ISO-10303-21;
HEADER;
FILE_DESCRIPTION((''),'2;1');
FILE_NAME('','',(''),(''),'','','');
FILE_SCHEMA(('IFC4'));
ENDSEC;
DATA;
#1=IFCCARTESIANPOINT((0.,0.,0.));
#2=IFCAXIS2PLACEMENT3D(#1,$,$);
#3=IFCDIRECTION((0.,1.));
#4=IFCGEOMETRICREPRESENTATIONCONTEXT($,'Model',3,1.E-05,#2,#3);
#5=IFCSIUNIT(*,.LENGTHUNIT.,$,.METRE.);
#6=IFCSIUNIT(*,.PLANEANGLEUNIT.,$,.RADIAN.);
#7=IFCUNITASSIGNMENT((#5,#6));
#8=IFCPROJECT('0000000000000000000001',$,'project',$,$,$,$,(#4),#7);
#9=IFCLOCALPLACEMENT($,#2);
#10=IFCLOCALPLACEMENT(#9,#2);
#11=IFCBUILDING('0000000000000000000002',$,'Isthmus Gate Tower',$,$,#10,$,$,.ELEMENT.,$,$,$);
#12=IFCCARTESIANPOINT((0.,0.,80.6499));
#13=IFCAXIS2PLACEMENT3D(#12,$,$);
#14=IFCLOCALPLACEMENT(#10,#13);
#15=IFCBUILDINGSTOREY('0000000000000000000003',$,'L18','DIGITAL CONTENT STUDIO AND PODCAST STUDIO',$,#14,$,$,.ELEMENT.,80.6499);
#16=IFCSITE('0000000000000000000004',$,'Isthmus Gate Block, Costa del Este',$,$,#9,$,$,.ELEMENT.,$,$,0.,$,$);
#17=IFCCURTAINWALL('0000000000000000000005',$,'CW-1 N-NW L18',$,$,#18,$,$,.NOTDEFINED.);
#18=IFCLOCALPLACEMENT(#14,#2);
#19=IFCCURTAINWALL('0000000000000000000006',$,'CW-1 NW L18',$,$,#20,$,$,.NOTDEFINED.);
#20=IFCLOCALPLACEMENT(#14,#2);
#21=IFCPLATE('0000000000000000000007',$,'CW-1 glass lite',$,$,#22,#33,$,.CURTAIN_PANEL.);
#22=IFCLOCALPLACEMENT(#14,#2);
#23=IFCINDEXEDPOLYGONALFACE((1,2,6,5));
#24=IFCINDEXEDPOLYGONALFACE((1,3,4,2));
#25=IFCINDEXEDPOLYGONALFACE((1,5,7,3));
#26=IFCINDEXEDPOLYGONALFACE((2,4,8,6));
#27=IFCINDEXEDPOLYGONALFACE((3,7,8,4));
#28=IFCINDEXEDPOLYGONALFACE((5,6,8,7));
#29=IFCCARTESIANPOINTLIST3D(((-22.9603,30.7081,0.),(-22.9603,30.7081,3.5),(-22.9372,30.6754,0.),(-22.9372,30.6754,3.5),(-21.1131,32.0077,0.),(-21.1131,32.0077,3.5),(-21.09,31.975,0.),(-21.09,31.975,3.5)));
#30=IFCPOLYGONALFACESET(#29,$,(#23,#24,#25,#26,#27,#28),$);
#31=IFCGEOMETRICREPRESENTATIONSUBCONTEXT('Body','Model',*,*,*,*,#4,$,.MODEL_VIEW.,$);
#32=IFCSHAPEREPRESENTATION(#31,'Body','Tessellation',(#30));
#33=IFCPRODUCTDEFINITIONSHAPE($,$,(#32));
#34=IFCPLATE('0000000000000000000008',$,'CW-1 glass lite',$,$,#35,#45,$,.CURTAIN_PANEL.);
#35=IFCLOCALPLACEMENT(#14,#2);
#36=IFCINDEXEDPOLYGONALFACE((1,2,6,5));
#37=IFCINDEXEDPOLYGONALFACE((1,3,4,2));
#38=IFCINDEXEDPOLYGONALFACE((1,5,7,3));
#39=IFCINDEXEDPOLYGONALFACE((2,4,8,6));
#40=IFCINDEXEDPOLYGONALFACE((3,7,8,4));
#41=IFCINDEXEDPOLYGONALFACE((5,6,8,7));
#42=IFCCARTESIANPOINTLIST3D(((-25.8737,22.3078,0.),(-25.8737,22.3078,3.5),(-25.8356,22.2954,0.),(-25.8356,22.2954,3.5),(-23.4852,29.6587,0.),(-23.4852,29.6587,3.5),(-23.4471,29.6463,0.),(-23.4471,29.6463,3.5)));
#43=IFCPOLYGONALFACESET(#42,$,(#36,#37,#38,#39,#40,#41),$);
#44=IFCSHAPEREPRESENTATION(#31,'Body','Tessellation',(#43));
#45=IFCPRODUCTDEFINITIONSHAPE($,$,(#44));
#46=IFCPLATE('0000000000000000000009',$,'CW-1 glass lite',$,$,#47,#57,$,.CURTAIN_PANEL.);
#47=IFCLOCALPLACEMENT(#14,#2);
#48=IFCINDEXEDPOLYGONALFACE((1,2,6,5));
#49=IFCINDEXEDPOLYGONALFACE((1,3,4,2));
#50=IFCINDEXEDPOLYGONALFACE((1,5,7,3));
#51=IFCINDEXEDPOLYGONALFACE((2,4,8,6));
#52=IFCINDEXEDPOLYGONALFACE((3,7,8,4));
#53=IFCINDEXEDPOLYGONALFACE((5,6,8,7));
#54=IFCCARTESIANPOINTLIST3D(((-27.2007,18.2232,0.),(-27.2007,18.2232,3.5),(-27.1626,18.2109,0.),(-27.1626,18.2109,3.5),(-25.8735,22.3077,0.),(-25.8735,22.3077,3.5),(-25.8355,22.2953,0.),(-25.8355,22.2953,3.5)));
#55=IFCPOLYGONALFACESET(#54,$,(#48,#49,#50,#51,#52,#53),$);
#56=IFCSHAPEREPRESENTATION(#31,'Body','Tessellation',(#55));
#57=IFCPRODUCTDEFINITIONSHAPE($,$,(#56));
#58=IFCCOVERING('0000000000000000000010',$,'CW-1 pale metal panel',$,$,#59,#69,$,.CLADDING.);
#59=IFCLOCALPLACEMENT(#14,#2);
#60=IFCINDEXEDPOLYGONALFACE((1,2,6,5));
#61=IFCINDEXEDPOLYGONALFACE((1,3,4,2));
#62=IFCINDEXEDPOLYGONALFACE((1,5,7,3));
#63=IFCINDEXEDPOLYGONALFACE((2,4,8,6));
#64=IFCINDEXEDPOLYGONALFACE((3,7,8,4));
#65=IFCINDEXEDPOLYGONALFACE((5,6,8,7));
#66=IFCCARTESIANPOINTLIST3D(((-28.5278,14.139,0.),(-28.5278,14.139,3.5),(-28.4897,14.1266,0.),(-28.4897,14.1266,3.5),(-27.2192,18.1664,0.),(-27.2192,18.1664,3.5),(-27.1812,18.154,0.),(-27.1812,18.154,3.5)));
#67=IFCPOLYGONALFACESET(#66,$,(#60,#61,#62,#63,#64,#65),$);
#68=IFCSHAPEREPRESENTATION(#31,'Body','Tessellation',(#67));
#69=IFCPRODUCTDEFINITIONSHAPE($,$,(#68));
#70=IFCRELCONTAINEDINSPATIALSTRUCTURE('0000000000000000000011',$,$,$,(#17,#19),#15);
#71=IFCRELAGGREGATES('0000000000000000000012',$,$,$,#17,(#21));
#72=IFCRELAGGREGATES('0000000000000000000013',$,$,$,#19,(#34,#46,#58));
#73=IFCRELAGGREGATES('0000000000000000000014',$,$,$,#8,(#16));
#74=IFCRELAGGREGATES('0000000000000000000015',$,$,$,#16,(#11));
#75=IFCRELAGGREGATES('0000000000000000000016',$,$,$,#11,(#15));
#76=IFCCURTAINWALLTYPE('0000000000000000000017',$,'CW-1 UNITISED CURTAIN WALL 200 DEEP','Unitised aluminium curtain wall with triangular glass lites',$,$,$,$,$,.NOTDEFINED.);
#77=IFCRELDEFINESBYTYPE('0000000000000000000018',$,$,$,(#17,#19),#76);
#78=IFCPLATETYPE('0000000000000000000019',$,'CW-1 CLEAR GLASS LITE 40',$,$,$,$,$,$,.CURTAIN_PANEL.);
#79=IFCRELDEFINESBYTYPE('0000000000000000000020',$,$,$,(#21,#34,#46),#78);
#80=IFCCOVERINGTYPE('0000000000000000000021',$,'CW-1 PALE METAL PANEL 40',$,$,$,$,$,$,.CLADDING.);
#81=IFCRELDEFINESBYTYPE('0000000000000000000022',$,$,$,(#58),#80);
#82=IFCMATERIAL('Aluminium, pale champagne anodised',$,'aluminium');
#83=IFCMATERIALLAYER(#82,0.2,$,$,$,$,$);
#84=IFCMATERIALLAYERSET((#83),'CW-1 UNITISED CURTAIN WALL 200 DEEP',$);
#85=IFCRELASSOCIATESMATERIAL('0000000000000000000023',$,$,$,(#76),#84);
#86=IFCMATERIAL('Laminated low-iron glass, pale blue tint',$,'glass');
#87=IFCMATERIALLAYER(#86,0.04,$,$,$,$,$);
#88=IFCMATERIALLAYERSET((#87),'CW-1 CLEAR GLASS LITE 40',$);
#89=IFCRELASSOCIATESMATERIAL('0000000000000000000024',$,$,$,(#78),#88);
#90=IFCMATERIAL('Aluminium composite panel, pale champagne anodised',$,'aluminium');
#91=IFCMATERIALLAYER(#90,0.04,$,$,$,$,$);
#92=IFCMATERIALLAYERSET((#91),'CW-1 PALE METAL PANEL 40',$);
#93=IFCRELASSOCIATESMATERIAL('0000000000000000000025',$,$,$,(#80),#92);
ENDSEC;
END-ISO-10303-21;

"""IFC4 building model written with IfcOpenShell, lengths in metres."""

from ifc_helpers import new_model, si_unit, direction, frame, origin, origin_2d, place, context, subcontext, project, spatial, rectangle, extrude, material, layer, layer_set, type_object, element, aggregate, save


model = new_model("IFC4")

# Units and contexts
model_context = context("Model", 3, precision=1e-05, world=origin(), true_north=direction((0.0, 1.0)))
body_context = subcontext(model_context, "Body", "Model", "MODEL_VIEW")
ifc_project = project(units=[si_unit("LENGTHUNIT", "METRE"), si_unit("PLANEANGLEUNIT", "RADIAN")], contexts=[model_context])

# Site, building, storey
site_placement = place(None, origin())
site = spatial("IfcSite", under=ifc_project, at=site_placement, Name="Isthmus Gate Block, Costa del Este", CompositionType="ELEMENT", RefElevation=0.0)
building_placement = place(site_placement, origin())
building = spatial("IfcBuilding", under=site, at=building_placement, Name="Isthmus Gate Tower", CompositionType="ELEMENT")
storey_placement = place(building_placement, frame((0.0, 0.0, 80.6499)))
storey = spatial("IfcBuildingStorey", under=building, at=storey_placement, Name="L18", Description="DIGITAL CONTENT STUDIO AND PODCAST STUDIO", CompositionType="ELEMENT", Elevation=80.6499)

# Curtain wall
ifc_material_1 = material(Name="Aluminium, pale champagne anodised", Category="aluminium")
ifc_layer_1 = layer(ifc_material_1, 0.2)
ifc_layer_set_1 = layer_set([ifc_layer_1], Name="CW-1 UNITISED CURTAIN WALL 200 DEEP")
curtain_wall_type = type_object("IfcCurtainWallType", Name="CW-1 UNITISED CURTAIN WALL 200 DEEP", Description="Unitised aluminium curtain wall with triangular glass lites", PredefinedType="NOTDEFINED", material=ifc_layer_set_1)
curtain_wall_1_placement = place(storey_placement, origin())
curtain_wall_1 = element("IfcCurtainWall", 1, at=curtain_wall_1_placement, inside=storey, type_object=curtain_wall_type, Name="CW-1 N-NW L18", PredefinedType="NOTDEFINED")

# Curtain wall
curtain_wall_2_placement = place(storey_placement, origin())
curtain_wall_2 = element("IfcCurtainWall", 2, at=curtain_wall_2_placement, inside=storey, type_object=curtain_wall_type, Name="CW-1 NW L18", PredefinedType="NOTDEFINED")

# Plates
ifc_material_2 = material(Name="Laminated low-iron glass, pale blue tint", Category="glass")
ifc_layer_2 = layer(ifc_material_2, 0.04)
ifc_layer_set_2 = layer_set([ifc_layer_2], Name="CW-1 CLEAR GLASS LITE 40")
plate_type = type_object("IfcPlateType", Name="CW-1 CLEAR GLASS LITE 40", PredefinedType="CURTAIN_PANEL", material=ifc_layer_set_2)
plate_1_placement = place(storey_placement, frame((-22.0251, 31.3416, 0.0), z_axis=(0.0, 0.0, 1.0), x_axis=(-0.81786, -0.575418, 0.0)))
plate_1 = element("IfcPlate", 3, at=plate_1_placement, type_object=plate_type, Name="CW-1 glass lite", PredefinedType="CURTAIN_PANEL", context=body_context, shape_type="SweptSolid", body=[
    extrude(rectangle(XDim=2.2585, YDim=0.04, at=origin_2d()), origin(), (0.0, 0.0, 1.0), 3.5),
])
aggregate(curtain_wall_1, [plate_1])
plate_2_placement = place(storey_placement, frame((-24.6604, 25.9771, 0.0), z_axis=(0.0, 0.0, 1.0), x_axis=(-0.309017, -0.951057, 0.0)))
plate_2 = element("IfcPlate", 4, at=plate_2_placement, type_object=plate_type, Name="CW-1 glass lite", PredefinedType="CURTAIN_PANEL", context=body_context, shape_type="SweptSolid", body=[
    extrude(rectangle(XDim=7.7292, YDim=0.04, at=origin_2d()), origin(), (0.0, 0.0, 1.0), 3.5),
])
plate_3_placement = place(storey_placement, frame((-26.5181, 20.2593, 0.0), z_axis=(0.0, 0.0, 1.0), x_axis=(-0.309017, -0.951057, 0.0)))
plate_3 = element("IfcPlate", 5, at=plate_3_placement, type_object=plate_type, Name="CW-1 glass lite", PredefinedType="CURTAIN_PANEL", context=body_context, shape_type="SweptSolid", body=[
    extrude(rectangle(XDim=4.2947, YDim=0.04, at=origin_2d()), origin(), (0.0, 0.0, 1.0), 3.5),
])

# Covering
ifc_material_3 = material(Name="Aluminium composite panel, pale champagne anodised", Category="aluminium")
ifc_layer_3 = layer(ifc_material_3, 0.04)
ifc_layer_set_3 = layer_set([ifc_layer_3], Name="CW-1 PALE METAL PANEL 40")
covering_type = type_object("IfcCoveringType", Name="CW-1 PALE METAL PANEL 40", PredefinedType="CLADDING", material=ifc_layer_set_3)
covering_placement = place(storey_placement, frame((-27.8545, 16.1465, 0.0), z_axis=(0.0, 0.0, 1.0), x_axis=(-0.309017, -0.951057, 0.0)))
covering = element("IfcCovering", 6, at=covering_placement, type_object=covering_type, Name="CW-1 pale metal panel", PredefinedType="CLADDING", context=body_context, shape_type="SweptSolid", body=[
    extrude(rectangle(XDim=4.2346, YDim=0.04, at=origin_2d()), origin(), (0.0, 0.0, 1.0), 3.5),
])
aggregate(curtain_wall_2, [plate_2, plate_3, covering])

save(model, "model.ifc")
